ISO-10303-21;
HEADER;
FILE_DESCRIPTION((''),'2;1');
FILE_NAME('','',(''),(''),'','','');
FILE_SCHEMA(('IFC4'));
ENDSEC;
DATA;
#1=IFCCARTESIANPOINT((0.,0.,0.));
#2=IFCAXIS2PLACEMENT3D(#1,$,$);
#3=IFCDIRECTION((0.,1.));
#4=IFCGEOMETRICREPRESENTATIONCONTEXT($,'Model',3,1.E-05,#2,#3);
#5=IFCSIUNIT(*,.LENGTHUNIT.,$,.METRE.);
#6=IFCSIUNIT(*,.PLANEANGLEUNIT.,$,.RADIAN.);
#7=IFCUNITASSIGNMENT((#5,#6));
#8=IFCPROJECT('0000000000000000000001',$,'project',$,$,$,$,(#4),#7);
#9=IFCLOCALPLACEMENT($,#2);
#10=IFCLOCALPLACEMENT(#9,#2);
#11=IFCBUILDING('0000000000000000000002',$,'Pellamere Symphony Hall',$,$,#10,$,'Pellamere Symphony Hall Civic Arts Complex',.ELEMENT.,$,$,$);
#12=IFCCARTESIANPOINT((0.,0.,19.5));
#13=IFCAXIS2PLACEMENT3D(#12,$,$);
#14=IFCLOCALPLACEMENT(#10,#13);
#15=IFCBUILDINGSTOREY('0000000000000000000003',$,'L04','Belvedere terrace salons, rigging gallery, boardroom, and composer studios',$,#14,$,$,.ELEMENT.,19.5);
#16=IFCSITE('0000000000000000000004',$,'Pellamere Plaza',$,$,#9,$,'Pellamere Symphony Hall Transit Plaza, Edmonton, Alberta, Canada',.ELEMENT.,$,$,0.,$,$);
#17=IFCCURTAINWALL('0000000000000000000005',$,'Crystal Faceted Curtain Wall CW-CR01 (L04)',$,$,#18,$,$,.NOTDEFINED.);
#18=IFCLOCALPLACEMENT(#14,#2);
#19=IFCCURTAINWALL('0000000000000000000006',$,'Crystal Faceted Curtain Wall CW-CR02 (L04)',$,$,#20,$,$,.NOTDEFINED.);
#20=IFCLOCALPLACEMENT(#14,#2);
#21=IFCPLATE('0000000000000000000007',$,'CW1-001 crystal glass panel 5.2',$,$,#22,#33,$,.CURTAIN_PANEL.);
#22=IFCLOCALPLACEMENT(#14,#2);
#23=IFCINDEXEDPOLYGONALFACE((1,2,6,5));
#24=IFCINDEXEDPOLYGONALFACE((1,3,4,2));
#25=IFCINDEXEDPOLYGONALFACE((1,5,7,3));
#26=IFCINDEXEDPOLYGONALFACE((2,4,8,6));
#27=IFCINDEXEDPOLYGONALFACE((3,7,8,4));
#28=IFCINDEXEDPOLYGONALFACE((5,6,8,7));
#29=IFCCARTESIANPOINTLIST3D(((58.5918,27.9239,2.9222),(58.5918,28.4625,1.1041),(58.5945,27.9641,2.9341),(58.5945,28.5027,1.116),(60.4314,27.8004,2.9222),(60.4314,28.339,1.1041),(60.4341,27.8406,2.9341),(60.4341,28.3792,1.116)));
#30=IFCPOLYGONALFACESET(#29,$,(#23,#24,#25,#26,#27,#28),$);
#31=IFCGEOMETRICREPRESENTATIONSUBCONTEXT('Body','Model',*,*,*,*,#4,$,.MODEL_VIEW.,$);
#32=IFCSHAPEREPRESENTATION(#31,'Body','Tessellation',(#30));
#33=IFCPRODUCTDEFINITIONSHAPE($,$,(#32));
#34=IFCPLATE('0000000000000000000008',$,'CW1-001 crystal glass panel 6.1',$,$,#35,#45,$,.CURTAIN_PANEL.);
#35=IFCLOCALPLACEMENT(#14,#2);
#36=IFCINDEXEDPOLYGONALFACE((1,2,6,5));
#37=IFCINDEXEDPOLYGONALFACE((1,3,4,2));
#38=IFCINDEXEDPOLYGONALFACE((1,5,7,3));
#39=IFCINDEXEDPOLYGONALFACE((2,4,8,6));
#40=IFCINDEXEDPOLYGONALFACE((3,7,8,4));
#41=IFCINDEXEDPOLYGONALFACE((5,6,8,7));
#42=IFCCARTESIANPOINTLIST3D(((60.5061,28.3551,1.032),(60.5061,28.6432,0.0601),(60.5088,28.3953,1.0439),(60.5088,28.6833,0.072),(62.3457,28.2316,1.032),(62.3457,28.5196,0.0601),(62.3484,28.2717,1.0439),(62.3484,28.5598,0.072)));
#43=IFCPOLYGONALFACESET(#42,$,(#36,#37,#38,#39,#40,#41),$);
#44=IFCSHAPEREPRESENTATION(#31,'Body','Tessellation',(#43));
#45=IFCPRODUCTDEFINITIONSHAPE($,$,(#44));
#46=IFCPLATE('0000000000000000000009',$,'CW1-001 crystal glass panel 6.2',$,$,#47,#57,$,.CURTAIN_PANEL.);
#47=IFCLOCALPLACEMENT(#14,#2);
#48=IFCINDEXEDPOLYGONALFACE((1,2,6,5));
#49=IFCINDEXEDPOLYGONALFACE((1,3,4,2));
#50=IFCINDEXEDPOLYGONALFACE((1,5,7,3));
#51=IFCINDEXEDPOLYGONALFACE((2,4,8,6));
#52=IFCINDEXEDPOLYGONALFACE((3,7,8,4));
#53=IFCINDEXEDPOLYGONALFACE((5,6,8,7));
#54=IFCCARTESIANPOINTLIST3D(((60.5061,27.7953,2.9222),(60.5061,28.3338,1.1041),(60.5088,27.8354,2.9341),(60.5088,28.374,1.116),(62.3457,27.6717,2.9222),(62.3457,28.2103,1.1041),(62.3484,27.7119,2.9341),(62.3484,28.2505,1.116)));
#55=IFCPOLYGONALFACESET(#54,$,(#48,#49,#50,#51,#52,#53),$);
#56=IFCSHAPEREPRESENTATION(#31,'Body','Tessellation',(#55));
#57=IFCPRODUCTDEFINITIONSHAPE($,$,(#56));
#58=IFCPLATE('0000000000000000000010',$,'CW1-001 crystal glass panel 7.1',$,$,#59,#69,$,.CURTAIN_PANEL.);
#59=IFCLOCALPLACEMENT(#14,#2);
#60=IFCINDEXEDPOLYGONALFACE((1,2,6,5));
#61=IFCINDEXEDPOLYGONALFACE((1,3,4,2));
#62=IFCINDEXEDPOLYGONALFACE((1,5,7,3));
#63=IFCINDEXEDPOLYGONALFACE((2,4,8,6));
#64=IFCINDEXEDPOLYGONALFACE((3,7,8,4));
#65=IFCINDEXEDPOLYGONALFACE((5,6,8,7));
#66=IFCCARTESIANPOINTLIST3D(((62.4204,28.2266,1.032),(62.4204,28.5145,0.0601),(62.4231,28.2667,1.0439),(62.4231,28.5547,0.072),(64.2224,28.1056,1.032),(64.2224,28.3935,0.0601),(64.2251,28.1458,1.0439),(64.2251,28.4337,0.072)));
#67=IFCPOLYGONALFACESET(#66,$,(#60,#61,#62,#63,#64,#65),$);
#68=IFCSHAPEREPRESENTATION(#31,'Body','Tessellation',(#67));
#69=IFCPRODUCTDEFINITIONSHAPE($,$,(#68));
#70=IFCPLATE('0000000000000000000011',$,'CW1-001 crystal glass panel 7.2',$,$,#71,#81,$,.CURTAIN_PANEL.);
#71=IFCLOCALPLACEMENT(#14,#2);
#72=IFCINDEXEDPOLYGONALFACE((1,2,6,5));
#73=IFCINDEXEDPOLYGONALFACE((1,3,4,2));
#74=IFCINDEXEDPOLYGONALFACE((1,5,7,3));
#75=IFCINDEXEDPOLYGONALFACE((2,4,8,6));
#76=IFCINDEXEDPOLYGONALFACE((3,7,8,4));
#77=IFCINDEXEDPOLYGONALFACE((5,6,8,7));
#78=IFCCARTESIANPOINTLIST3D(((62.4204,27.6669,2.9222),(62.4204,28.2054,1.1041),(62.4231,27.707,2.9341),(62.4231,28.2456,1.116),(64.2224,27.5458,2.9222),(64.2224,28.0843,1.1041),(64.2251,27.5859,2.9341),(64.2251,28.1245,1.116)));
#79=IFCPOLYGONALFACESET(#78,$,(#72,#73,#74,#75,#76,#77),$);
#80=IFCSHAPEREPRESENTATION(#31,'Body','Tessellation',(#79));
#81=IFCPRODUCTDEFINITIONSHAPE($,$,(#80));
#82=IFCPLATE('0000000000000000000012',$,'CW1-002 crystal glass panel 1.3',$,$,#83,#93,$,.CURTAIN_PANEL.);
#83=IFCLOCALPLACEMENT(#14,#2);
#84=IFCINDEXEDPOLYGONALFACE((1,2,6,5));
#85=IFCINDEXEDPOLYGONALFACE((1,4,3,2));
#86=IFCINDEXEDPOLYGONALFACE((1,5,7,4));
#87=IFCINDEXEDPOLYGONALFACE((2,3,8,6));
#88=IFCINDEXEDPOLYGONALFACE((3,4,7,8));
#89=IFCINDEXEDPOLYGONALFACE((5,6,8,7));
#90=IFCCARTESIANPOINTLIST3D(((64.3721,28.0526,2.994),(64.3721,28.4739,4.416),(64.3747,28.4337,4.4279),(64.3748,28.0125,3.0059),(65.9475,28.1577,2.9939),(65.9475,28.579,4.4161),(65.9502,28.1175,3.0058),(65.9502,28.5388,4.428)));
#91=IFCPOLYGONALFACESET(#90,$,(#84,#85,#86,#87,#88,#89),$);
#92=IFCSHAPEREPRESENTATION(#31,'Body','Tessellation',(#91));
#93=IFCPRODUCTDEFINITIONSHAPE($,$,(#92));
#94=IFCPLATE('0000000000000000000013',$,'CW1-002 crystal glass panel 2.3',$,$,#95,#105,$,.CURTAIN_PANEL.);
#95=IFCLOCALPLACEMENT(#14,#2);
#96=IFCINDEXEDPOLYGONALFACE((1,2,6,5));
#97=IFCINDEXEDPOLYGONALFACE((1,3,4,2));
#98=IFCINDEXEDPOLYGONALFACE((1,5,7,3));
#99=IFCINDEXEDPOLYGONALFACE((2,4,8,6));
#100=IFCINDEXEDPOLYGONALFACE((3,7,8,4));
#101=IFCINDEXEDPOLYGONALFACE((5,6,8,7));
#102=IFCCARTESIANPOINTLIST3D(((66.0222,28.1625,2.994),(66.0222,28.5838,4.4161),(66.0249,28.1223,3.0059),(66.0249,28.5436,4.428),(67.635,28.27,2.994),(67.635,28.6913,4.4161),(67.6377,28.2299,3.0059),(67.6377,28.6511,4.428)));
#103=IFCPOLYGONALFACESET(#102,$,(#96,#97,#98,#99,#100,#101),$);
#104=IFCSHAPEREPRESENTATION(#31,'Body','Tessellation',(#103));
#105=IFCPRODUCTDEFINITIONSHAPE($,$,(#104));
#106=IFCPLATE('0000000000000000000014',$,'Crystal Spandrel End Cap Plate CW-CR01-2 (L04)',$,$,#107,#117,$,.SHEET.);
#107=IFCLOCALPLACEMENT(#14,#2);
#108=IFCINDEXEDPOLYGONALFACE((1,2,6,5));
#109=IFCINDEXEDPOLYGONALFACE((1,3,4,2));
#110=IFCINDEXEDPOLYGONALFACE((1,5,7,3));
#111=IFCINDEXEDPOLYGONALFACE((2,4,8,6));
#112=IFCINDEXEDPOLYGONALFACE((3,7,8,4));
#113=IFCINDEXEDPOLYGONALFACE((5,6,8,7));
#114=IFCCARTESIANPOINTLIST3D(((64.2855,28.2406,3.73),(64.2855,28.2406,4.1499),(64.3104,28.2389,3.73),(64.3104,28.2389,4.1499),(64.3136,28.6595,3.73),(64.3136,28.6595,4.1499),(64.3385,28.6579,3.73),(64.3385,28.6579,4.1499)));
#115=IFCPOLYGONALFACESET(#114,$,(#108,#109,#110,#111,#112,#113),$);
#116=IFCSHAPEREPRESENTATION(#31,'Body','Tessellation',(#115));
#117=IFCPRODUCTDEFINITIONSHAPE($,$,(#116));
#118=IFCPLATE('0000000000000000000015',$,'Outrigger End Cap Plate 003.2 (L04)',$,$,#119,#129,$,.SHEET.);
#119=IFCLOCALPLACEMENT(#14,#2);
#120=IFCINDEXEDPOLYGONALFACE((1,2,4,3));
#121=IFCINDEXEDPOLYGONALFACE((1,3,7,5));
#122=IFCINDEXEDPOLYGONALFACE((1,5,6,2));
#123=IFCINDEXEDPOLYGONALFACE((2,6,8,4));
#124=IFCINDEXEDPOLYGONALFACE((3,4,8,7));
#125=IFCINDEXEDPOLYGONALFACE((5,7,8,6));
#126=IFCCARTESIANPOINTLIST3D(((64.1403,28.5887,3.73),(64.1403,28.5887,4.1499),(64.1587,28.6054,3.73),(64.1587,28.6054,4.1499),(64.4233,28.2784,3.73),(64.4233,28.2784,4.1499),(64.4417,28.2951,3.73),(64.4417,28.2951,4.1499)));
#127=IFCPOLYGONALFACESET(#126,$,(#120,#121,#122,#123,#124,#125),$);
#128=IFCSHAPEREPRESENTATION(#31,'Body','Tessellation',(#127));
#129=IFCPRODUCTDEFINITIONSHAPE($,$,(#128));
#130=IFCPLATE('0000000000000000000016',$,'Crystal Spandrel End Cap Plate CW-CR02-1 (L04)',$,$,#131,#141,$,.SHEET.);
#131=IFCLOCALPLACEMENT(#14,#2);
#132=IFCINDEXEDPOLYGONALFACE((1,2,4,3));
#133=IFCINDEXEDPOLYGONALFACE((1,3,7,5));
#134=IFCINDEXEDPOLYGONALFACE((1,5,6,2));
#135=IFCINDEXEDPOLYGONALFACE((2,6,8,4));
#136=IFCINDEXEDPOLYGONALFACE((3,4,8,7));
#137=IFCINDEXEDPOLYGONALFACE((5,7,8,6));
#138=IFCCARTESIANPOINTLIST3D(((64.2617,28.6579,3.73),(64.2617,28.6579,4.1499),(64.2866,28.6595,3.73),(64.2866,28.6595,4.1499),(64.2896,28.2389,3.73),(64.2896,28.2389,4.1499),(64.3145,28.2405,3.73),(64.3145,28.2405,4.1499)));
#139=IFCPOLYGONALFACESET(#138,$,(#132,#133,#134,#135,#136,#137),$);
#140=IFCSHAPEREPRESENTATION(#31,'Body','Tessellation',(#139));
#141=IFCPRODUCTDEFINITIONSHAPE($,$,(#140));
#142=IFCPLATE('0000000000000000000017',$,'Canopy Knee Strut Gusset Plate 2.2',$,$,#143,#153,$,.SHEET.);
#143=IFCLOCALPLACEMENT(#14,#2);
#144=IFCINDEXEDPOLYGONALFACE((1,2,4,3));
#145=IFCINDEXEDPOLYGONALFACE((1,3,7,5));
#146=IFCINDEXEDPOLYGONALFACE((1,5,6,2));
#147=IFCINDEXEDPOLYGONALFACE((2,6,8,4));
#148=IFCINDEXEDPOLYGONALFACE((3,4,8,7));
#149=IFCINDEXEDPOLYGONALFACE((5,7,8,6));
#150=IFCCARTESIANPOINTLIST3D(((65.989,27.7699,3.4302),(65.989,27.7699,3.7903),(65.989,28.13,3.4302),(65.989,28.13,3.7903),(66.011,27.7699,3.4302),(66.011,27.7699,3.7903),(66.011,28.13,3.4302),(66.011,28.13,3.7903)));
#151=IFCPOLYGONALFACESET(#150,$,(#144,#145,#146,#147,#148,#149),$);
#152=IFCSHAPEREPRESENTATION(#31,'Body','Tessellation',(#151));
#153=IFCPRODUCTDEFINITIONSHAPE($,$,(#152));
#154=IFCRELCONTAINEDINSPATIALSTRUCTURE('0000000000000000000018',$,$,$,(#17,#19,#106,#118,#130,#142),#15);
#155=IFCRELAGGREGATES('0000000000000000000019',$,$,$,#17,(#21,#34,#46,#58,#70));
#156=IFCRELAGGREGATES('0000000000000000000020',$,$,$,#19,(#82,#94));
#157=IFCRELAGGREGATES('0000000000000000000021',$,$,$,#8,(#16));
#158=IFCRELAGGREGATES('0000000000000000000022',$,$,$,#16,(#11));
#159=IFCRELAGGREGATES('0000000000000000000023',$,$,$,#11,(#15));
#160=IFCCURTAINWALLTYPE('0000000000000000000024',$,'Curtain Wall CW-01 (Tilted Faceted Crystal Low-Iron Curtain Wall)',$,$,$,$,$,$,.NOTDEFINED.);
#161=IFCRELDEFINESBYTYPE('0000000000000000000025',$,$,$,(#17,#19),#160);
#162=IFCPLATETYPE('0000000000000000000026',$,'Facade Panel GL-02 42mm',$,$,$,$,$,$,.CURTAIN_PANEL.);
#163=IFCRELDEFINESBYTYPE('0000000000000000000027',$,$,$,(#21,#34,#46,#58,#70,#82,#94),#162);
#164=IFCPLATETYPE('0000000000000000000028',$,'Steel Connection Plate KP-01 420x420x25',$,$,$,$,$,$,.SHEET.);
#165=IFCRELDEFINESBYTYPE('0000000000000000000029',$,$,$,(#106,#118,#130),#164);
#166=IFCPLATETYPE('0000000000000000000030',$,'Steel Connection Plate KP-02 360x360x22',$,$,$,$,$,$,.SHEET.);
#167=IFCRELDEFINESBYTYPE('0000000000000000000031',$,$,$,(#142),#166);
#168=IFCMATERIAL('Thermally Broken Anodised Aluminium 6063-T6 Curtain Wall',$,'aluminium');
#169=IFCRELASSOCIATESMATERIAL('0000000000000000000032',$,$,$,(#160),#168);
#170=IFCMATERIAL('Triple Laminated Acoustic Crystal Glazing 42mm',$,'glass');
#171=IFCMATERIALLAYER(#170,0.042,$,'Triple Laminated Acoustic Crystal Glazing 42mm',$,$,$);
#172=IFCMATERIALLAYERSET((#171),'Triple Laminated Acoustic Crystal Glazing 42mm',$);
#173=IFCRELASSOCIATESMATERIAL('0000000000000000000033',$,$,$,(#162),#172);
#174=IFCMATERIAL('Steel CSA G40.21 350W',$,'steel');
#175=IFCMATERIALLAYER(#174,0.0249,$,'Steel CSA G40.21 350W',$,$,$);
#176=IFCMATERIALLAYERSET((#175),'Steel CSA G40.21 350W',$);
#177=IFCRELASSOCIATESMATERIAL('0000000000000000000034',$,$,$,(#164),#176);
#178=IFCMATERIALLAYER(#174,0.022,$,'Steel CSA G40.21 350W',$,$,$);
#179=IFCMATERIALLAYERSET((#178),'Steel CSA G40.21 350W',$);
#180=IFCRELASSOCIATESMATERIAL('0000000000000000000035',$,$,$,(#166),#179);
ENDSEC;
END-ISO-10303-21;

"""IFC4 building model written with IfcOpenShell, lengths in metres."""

from ifc_helpers import new_model, si_unit, direction, frame, origin, origin_2d, place, context, subcontext, project, spatial, polyline, rectangle, outline, extrude, material, layer, layer_set, type_object, element, aggregate, save


model = new_model("IFC4")

# Units and contexts
model_context = context("Model", 3, precision=1e-05, world=origin(), true_north=direction((0.0, 1.0)))
body_context = subcontext(model_context, "Body", "Model", "MODEL_VIEW")
ifc_project = project(units=[si_unit("LENGTHUNIT", "METRE"), si_unit("PLANEANGLEUNIT", "RADIAN")], contexts=[model_context])

# Site, building, storey
site_placement = place(None, origin())
site = spatial("IfcSite", under=ifc_project, at=site_placement, Name="Pellamere Plaza", LongName="Pellamere Symphony Hall Transit Plaza, Edmonton, Alberta, Canada", CompositionType="ELEMENT", RefElevation=0.0)
building_placement = place(site_placement, origin())
building = spatial("IfcBuilding", under=site, at=building_placement, Name="Pellamere Symphony Hall", LongName="Pellamere Symphony Hall Civic Arts Complex", CompositionType="ELEMENT")
storey_placement = place(building_placement, frame((0.0, 0.0, 19.5)))
storey = spatial("IfcBuildingStorey", under=building, at=storey_placement, Name="L04", Description="Belvedere terrace salons, rigging gallery, boardroom, and composer studios", CompositionType="ELEMENT", Elevation=19.5)

# Curtain walls
ifc_material_1 = material(Name="Thermally Broken Anodised Aluminium 6063-T6 Curtain Wall", Category="aluminium")
curtain_wall_type = type_object("IfcCurtainWallType", Name="Curtain Wall CW-01 (Tilted Faceted Crystal Low-Iron Curtain Wall)", PredefinedType="NOTDEFINED", material=ifc_material_1)
curtain_wall_1_placement = place(storey_placement, origin())
curtain_wall_1 = element("IfcCurtainWall", 1, at=curtain_wall_1_placement, inside=storey, type_object=curtain_wall_type, Name="Crystal Faceted Curtain Wall CW-CR01 (L04)", PredefinedType="NOTDEFINED")
curtain_wall_2_placement = place(storey_placement, origin())
curtain_wall_2 = element("IfcCurtainWall", 2, at=curtain_wall_2_placement, inside=storey, type_object=curtain_wall_type, Name="Crystal Faceted Curtain Wall CW-CR02 (L04)", PredefinedType="NOTDEFINED")

# Shared definitions
ifc_material_2 = material(Name="Steel CSA G40.21 350W", Category="steel")

# Plates
ifc_material_3 = material(Name="Triple Laminated Acoustic Crystal Glazing 42mm", Category="glass")
ifc_layer_1 = layer(ifc_material_3, 0.042, Name="Triple Laminated Acoustic Crystal Glazing 42mm")
ifc_layer_set_1 = layer_set([ifc_layer_1], Name="Triple Laminated Acoustic Crystal Glazing 42mm")
plate_type_1 = type_object("IfcPlateType", Name="Facade Panel GL-02 42mm", PredefinedType="CURTAIN_PANEL", material=ifc_layer_set_1)
plate_1_placement = place(storey_placement, frame((58.5945, 28.5027, 1.116), z_axis=(0.064255, 0.956835, 0.28344), x_axis=(0.997753, -0.067002, 0.0)))
plate_1 = element("IfcPlate", 3, at=plate_1_placement, type_object=plate_type_1, Name="CW1-001 crystal glass panel 5.2", PredefinedType="CURTAIN_PANEL", context=body_context, shape_type="SweptSolid", body=[
    extrude(outline(polyline([(0.0, 0.0), (1.8437, 0.0), (1.8798, -1.8959), (0.0361, -1.8959), (0.0, 0.0)])), origin(), (0.0, 0.0, -1.0), 0.042),
])
plate_2_placement = place(storey_placement, frame((60.5088, 28.6833, 0.072), z_axis=(0.064251, 0.956788, 0.2836), x_axis=(0.997753, -0.067002, 0.0)))
plate_2 = element("IfcPlate", 4, at=plate_2_placement, type_object=plate_type_1, Name="CW1-001 crystal glass panel 6.1", PredefinedType="CURTAIN_PANEL", context=body_context, shape_type="SweptSolid", body=[
    extrude(outline(polyline([(0.0, 0.0), (1.8437, 0.0), (1.863, -1.0135), (0.0193, -1.0135), (0.0, 0.0)])), origin(), (0.0, 0.0, -1.0), 0.042),
])
plate_3_placement = place(storey_placement, frame((60.5088, 28.374, 1.116), z_axis=(0.064255, 0.956835, 0.28344), x_axis=(0.997753, -0.067002, 0.0)))
plate_3 = element("IfcPlate", 5, at=plate_3_placement, type_object=plate_type_1, Name="CW1-001 crystal glass panel 6.2", PredefinedType="CURTAIN_PANEL", context=body_context, shape_type="SweptSolid", body=[
    extrude(outline(polyline([(0.0, 0.0), (1.8437, 0.0), (1.8798, -1.8959), (0.0361, -1.8959), (0.0, 0.0)])), origin(), (0.0, 0.0, -1.0), 0.042),
])
plate_4_placement = place(storey_placement, frame((62.4231, 28.5547, 0.072), z_axis=(0.064233, 0.956822, 0.283489), x_axis=(0.997755, -0.066976, -0.000018)))
plate_4 = element("IfcPlate", 6, at=plate_4_placement, type_object=plate_type_1, Name="CW1-001 crystal glass panel 7.1", PredefinedType="CURTAIN_PANEL", context=body_context, shape_type="SweptSolid", body=[
    extrude(outline(polyline([(0.0, 0.0), (1.806, 0.0), (1.8253, -1.0135), (0.0193, -1.0135), (0.0, 0.0)])), origin(), (0.0, 0.0, -1.0), 0.042),
])
plate_5_placement = place(storey_placement, frame((62.4231, 28.2456, 1.116), z_axis=(0.064299, 0.956832, 0.283439), x_axis=(0.99775, -0.067048, 0.0)))
plate_5 = element("IfcPlate", 7, at=plate_5_placement, type_object=plate_type_1, Name="CW1-001 crystal glass panel 7.2", PredefinedType="CURTAIN_PANEL", context=body_context, shape_type="SweptSolid", body=[
    extrude(outline(polyline([(0.0, 0.0), (1.8061, 0.0), (1.8422, -1.8959), (0.0361, -1.8959), (0.0, 0.0)])), origin(), (0.0, 0.0, -1.0), 0.042),
])
aggregate(curtain_wall_1, [plate_1, plate_2, plate_3, plate_4, plate_5])
plate_6_placement = place(storey_placement, frame((64.3748, 28.0125, 3.0059), z_axis=(0.063835, -0.956862, 0.283445), x_axis=(0.997782, 0.066559, -0.000021)))
plate_6 = element("IfcPlate", 8, at=plate_6_placement, type_object=plate_type_1, Name="CW1-002 crystal glass panel 1.3", PredefinedType="CURTAIN_PANEL", context=body_context, shape_type="SweptSolid", body=[
    extrude(outline(polyline([(0.0, 0.0), (1.5789, 0.0), (1.607, 1.483), (0.028, 1.4829), (0.0, 0.0)])), origin(), (0.0, 0.0, -1.0), 0.042),
])
plate_7_placement = place(storey_placement, frame((66.0249, 28.1223, 3.0059), z_axis=(0.063805, -0.956863, 0.283445), x_axis=(0.997784, 0.06654, 0.00002)))
plate_7 = element("IfcPlate", 9, at=plate_7_placement, type_object=plate_type_1, Name="CW1-002 crystal glass panel 2.3", PredefinedType="CURTAIN_PANEL", context=body_context, shape_type="SweptSolid", body=[
    extrude(outline(polyline([(0.0, 0.0), (1.6164, 0.0), (1.6444, 1.4829), (0.0281, 1.483), (0.0, 0.0)])), origin(), (0.0, 0.0, -1.0), 0.042),
])
aggregate(curtain_wall_2, [plate_6, plate_7])

# Plates
ifc_layer_2 = layer(ifc_material_2, 0.0249, Name="Steel CSA G40.21 350W")
ifc_layer_set_2 = layer_set([ifc_layer_2], Name="Steel CSA G40.21 350W")
plate_type_2 = type_object("IfcPlateType", Name="Steel Connection Plate KP-01 420x420x25", PredefinedType="SHEET", material=ifc_layer_set_2)
for number, where, z_axis, x_axis, name in (
    (10, (64.312, 28.4492, 3.73), (0.0, 0.0, 1.0), (0.997755, -0.06697, 0.0), "Crystal Spandrel End Cap Plate CW-CR01-2 (L04)"),
    (11, (64.291, 28.4419, 3.73), (0.0, 0.0, 1.0), (-0.738926, -0.673787, 0.0), "Outrigger End Cap Plate 003.2 (L04)"),
    (12, (64.2881, 28.4492, 3.73), (0.0, 0.0, 1.0), (0.99779, 0.066448, 0.0), "Crystal Spandrel End Cap Plate CW-CR02-1 (L04)"),
):
    element("IfcPlate", number, at=place(storey_placement, frame(where, z_axis=z_axis, x_axis=x_axis)), inside=storey, type_object=plate_type_2, Name=name, PredefinedType="SHEET", context=body_context, shape_type="SweptSolid", body=[
        extrude(rectangle(XDim=0.0249, YDim=0.4199, at=origin_2d()), origin(), (0.0, 0.0, 1.0), 0.4199),
    ])
ifc_layer_3 = layer(ifc_material_2, 0.022, Name="Steel CSA G40.21 350W")
ifc_layer_set_3 = layer_set([ifc_layer_3], Name="Steel CSA G40.21 350W")
plate_type_3 = type_object("IfcPlateType", Name="Steel Connection Plate KP-02 360x360x22", PredefinedType="SHEET", material=ifc_layer_set_3)
plate_8_placement = place(storey_placement, frame((66.0, 27.95, 3.4302), z_axis=(0.0, 0.0, 1.0), x_axis=(1.0, 0.0, 0.0)))
element("IfcPlate", 13, at=plate_8_placement, inside=storey, type_object=plate_type_3, Name="Canopy Knee Strut Gusset Plate 2.2", PredefinedType="SHEET", context=body_context, shape_type="SweptSolid", body=[
    extrude(rectangle(XDim=0.022, YDim=0.3601, at=origin_2d()), origin(), (0.0, 0.0, 1.0), 0.3601),
])

save(model, "model.ifc")
